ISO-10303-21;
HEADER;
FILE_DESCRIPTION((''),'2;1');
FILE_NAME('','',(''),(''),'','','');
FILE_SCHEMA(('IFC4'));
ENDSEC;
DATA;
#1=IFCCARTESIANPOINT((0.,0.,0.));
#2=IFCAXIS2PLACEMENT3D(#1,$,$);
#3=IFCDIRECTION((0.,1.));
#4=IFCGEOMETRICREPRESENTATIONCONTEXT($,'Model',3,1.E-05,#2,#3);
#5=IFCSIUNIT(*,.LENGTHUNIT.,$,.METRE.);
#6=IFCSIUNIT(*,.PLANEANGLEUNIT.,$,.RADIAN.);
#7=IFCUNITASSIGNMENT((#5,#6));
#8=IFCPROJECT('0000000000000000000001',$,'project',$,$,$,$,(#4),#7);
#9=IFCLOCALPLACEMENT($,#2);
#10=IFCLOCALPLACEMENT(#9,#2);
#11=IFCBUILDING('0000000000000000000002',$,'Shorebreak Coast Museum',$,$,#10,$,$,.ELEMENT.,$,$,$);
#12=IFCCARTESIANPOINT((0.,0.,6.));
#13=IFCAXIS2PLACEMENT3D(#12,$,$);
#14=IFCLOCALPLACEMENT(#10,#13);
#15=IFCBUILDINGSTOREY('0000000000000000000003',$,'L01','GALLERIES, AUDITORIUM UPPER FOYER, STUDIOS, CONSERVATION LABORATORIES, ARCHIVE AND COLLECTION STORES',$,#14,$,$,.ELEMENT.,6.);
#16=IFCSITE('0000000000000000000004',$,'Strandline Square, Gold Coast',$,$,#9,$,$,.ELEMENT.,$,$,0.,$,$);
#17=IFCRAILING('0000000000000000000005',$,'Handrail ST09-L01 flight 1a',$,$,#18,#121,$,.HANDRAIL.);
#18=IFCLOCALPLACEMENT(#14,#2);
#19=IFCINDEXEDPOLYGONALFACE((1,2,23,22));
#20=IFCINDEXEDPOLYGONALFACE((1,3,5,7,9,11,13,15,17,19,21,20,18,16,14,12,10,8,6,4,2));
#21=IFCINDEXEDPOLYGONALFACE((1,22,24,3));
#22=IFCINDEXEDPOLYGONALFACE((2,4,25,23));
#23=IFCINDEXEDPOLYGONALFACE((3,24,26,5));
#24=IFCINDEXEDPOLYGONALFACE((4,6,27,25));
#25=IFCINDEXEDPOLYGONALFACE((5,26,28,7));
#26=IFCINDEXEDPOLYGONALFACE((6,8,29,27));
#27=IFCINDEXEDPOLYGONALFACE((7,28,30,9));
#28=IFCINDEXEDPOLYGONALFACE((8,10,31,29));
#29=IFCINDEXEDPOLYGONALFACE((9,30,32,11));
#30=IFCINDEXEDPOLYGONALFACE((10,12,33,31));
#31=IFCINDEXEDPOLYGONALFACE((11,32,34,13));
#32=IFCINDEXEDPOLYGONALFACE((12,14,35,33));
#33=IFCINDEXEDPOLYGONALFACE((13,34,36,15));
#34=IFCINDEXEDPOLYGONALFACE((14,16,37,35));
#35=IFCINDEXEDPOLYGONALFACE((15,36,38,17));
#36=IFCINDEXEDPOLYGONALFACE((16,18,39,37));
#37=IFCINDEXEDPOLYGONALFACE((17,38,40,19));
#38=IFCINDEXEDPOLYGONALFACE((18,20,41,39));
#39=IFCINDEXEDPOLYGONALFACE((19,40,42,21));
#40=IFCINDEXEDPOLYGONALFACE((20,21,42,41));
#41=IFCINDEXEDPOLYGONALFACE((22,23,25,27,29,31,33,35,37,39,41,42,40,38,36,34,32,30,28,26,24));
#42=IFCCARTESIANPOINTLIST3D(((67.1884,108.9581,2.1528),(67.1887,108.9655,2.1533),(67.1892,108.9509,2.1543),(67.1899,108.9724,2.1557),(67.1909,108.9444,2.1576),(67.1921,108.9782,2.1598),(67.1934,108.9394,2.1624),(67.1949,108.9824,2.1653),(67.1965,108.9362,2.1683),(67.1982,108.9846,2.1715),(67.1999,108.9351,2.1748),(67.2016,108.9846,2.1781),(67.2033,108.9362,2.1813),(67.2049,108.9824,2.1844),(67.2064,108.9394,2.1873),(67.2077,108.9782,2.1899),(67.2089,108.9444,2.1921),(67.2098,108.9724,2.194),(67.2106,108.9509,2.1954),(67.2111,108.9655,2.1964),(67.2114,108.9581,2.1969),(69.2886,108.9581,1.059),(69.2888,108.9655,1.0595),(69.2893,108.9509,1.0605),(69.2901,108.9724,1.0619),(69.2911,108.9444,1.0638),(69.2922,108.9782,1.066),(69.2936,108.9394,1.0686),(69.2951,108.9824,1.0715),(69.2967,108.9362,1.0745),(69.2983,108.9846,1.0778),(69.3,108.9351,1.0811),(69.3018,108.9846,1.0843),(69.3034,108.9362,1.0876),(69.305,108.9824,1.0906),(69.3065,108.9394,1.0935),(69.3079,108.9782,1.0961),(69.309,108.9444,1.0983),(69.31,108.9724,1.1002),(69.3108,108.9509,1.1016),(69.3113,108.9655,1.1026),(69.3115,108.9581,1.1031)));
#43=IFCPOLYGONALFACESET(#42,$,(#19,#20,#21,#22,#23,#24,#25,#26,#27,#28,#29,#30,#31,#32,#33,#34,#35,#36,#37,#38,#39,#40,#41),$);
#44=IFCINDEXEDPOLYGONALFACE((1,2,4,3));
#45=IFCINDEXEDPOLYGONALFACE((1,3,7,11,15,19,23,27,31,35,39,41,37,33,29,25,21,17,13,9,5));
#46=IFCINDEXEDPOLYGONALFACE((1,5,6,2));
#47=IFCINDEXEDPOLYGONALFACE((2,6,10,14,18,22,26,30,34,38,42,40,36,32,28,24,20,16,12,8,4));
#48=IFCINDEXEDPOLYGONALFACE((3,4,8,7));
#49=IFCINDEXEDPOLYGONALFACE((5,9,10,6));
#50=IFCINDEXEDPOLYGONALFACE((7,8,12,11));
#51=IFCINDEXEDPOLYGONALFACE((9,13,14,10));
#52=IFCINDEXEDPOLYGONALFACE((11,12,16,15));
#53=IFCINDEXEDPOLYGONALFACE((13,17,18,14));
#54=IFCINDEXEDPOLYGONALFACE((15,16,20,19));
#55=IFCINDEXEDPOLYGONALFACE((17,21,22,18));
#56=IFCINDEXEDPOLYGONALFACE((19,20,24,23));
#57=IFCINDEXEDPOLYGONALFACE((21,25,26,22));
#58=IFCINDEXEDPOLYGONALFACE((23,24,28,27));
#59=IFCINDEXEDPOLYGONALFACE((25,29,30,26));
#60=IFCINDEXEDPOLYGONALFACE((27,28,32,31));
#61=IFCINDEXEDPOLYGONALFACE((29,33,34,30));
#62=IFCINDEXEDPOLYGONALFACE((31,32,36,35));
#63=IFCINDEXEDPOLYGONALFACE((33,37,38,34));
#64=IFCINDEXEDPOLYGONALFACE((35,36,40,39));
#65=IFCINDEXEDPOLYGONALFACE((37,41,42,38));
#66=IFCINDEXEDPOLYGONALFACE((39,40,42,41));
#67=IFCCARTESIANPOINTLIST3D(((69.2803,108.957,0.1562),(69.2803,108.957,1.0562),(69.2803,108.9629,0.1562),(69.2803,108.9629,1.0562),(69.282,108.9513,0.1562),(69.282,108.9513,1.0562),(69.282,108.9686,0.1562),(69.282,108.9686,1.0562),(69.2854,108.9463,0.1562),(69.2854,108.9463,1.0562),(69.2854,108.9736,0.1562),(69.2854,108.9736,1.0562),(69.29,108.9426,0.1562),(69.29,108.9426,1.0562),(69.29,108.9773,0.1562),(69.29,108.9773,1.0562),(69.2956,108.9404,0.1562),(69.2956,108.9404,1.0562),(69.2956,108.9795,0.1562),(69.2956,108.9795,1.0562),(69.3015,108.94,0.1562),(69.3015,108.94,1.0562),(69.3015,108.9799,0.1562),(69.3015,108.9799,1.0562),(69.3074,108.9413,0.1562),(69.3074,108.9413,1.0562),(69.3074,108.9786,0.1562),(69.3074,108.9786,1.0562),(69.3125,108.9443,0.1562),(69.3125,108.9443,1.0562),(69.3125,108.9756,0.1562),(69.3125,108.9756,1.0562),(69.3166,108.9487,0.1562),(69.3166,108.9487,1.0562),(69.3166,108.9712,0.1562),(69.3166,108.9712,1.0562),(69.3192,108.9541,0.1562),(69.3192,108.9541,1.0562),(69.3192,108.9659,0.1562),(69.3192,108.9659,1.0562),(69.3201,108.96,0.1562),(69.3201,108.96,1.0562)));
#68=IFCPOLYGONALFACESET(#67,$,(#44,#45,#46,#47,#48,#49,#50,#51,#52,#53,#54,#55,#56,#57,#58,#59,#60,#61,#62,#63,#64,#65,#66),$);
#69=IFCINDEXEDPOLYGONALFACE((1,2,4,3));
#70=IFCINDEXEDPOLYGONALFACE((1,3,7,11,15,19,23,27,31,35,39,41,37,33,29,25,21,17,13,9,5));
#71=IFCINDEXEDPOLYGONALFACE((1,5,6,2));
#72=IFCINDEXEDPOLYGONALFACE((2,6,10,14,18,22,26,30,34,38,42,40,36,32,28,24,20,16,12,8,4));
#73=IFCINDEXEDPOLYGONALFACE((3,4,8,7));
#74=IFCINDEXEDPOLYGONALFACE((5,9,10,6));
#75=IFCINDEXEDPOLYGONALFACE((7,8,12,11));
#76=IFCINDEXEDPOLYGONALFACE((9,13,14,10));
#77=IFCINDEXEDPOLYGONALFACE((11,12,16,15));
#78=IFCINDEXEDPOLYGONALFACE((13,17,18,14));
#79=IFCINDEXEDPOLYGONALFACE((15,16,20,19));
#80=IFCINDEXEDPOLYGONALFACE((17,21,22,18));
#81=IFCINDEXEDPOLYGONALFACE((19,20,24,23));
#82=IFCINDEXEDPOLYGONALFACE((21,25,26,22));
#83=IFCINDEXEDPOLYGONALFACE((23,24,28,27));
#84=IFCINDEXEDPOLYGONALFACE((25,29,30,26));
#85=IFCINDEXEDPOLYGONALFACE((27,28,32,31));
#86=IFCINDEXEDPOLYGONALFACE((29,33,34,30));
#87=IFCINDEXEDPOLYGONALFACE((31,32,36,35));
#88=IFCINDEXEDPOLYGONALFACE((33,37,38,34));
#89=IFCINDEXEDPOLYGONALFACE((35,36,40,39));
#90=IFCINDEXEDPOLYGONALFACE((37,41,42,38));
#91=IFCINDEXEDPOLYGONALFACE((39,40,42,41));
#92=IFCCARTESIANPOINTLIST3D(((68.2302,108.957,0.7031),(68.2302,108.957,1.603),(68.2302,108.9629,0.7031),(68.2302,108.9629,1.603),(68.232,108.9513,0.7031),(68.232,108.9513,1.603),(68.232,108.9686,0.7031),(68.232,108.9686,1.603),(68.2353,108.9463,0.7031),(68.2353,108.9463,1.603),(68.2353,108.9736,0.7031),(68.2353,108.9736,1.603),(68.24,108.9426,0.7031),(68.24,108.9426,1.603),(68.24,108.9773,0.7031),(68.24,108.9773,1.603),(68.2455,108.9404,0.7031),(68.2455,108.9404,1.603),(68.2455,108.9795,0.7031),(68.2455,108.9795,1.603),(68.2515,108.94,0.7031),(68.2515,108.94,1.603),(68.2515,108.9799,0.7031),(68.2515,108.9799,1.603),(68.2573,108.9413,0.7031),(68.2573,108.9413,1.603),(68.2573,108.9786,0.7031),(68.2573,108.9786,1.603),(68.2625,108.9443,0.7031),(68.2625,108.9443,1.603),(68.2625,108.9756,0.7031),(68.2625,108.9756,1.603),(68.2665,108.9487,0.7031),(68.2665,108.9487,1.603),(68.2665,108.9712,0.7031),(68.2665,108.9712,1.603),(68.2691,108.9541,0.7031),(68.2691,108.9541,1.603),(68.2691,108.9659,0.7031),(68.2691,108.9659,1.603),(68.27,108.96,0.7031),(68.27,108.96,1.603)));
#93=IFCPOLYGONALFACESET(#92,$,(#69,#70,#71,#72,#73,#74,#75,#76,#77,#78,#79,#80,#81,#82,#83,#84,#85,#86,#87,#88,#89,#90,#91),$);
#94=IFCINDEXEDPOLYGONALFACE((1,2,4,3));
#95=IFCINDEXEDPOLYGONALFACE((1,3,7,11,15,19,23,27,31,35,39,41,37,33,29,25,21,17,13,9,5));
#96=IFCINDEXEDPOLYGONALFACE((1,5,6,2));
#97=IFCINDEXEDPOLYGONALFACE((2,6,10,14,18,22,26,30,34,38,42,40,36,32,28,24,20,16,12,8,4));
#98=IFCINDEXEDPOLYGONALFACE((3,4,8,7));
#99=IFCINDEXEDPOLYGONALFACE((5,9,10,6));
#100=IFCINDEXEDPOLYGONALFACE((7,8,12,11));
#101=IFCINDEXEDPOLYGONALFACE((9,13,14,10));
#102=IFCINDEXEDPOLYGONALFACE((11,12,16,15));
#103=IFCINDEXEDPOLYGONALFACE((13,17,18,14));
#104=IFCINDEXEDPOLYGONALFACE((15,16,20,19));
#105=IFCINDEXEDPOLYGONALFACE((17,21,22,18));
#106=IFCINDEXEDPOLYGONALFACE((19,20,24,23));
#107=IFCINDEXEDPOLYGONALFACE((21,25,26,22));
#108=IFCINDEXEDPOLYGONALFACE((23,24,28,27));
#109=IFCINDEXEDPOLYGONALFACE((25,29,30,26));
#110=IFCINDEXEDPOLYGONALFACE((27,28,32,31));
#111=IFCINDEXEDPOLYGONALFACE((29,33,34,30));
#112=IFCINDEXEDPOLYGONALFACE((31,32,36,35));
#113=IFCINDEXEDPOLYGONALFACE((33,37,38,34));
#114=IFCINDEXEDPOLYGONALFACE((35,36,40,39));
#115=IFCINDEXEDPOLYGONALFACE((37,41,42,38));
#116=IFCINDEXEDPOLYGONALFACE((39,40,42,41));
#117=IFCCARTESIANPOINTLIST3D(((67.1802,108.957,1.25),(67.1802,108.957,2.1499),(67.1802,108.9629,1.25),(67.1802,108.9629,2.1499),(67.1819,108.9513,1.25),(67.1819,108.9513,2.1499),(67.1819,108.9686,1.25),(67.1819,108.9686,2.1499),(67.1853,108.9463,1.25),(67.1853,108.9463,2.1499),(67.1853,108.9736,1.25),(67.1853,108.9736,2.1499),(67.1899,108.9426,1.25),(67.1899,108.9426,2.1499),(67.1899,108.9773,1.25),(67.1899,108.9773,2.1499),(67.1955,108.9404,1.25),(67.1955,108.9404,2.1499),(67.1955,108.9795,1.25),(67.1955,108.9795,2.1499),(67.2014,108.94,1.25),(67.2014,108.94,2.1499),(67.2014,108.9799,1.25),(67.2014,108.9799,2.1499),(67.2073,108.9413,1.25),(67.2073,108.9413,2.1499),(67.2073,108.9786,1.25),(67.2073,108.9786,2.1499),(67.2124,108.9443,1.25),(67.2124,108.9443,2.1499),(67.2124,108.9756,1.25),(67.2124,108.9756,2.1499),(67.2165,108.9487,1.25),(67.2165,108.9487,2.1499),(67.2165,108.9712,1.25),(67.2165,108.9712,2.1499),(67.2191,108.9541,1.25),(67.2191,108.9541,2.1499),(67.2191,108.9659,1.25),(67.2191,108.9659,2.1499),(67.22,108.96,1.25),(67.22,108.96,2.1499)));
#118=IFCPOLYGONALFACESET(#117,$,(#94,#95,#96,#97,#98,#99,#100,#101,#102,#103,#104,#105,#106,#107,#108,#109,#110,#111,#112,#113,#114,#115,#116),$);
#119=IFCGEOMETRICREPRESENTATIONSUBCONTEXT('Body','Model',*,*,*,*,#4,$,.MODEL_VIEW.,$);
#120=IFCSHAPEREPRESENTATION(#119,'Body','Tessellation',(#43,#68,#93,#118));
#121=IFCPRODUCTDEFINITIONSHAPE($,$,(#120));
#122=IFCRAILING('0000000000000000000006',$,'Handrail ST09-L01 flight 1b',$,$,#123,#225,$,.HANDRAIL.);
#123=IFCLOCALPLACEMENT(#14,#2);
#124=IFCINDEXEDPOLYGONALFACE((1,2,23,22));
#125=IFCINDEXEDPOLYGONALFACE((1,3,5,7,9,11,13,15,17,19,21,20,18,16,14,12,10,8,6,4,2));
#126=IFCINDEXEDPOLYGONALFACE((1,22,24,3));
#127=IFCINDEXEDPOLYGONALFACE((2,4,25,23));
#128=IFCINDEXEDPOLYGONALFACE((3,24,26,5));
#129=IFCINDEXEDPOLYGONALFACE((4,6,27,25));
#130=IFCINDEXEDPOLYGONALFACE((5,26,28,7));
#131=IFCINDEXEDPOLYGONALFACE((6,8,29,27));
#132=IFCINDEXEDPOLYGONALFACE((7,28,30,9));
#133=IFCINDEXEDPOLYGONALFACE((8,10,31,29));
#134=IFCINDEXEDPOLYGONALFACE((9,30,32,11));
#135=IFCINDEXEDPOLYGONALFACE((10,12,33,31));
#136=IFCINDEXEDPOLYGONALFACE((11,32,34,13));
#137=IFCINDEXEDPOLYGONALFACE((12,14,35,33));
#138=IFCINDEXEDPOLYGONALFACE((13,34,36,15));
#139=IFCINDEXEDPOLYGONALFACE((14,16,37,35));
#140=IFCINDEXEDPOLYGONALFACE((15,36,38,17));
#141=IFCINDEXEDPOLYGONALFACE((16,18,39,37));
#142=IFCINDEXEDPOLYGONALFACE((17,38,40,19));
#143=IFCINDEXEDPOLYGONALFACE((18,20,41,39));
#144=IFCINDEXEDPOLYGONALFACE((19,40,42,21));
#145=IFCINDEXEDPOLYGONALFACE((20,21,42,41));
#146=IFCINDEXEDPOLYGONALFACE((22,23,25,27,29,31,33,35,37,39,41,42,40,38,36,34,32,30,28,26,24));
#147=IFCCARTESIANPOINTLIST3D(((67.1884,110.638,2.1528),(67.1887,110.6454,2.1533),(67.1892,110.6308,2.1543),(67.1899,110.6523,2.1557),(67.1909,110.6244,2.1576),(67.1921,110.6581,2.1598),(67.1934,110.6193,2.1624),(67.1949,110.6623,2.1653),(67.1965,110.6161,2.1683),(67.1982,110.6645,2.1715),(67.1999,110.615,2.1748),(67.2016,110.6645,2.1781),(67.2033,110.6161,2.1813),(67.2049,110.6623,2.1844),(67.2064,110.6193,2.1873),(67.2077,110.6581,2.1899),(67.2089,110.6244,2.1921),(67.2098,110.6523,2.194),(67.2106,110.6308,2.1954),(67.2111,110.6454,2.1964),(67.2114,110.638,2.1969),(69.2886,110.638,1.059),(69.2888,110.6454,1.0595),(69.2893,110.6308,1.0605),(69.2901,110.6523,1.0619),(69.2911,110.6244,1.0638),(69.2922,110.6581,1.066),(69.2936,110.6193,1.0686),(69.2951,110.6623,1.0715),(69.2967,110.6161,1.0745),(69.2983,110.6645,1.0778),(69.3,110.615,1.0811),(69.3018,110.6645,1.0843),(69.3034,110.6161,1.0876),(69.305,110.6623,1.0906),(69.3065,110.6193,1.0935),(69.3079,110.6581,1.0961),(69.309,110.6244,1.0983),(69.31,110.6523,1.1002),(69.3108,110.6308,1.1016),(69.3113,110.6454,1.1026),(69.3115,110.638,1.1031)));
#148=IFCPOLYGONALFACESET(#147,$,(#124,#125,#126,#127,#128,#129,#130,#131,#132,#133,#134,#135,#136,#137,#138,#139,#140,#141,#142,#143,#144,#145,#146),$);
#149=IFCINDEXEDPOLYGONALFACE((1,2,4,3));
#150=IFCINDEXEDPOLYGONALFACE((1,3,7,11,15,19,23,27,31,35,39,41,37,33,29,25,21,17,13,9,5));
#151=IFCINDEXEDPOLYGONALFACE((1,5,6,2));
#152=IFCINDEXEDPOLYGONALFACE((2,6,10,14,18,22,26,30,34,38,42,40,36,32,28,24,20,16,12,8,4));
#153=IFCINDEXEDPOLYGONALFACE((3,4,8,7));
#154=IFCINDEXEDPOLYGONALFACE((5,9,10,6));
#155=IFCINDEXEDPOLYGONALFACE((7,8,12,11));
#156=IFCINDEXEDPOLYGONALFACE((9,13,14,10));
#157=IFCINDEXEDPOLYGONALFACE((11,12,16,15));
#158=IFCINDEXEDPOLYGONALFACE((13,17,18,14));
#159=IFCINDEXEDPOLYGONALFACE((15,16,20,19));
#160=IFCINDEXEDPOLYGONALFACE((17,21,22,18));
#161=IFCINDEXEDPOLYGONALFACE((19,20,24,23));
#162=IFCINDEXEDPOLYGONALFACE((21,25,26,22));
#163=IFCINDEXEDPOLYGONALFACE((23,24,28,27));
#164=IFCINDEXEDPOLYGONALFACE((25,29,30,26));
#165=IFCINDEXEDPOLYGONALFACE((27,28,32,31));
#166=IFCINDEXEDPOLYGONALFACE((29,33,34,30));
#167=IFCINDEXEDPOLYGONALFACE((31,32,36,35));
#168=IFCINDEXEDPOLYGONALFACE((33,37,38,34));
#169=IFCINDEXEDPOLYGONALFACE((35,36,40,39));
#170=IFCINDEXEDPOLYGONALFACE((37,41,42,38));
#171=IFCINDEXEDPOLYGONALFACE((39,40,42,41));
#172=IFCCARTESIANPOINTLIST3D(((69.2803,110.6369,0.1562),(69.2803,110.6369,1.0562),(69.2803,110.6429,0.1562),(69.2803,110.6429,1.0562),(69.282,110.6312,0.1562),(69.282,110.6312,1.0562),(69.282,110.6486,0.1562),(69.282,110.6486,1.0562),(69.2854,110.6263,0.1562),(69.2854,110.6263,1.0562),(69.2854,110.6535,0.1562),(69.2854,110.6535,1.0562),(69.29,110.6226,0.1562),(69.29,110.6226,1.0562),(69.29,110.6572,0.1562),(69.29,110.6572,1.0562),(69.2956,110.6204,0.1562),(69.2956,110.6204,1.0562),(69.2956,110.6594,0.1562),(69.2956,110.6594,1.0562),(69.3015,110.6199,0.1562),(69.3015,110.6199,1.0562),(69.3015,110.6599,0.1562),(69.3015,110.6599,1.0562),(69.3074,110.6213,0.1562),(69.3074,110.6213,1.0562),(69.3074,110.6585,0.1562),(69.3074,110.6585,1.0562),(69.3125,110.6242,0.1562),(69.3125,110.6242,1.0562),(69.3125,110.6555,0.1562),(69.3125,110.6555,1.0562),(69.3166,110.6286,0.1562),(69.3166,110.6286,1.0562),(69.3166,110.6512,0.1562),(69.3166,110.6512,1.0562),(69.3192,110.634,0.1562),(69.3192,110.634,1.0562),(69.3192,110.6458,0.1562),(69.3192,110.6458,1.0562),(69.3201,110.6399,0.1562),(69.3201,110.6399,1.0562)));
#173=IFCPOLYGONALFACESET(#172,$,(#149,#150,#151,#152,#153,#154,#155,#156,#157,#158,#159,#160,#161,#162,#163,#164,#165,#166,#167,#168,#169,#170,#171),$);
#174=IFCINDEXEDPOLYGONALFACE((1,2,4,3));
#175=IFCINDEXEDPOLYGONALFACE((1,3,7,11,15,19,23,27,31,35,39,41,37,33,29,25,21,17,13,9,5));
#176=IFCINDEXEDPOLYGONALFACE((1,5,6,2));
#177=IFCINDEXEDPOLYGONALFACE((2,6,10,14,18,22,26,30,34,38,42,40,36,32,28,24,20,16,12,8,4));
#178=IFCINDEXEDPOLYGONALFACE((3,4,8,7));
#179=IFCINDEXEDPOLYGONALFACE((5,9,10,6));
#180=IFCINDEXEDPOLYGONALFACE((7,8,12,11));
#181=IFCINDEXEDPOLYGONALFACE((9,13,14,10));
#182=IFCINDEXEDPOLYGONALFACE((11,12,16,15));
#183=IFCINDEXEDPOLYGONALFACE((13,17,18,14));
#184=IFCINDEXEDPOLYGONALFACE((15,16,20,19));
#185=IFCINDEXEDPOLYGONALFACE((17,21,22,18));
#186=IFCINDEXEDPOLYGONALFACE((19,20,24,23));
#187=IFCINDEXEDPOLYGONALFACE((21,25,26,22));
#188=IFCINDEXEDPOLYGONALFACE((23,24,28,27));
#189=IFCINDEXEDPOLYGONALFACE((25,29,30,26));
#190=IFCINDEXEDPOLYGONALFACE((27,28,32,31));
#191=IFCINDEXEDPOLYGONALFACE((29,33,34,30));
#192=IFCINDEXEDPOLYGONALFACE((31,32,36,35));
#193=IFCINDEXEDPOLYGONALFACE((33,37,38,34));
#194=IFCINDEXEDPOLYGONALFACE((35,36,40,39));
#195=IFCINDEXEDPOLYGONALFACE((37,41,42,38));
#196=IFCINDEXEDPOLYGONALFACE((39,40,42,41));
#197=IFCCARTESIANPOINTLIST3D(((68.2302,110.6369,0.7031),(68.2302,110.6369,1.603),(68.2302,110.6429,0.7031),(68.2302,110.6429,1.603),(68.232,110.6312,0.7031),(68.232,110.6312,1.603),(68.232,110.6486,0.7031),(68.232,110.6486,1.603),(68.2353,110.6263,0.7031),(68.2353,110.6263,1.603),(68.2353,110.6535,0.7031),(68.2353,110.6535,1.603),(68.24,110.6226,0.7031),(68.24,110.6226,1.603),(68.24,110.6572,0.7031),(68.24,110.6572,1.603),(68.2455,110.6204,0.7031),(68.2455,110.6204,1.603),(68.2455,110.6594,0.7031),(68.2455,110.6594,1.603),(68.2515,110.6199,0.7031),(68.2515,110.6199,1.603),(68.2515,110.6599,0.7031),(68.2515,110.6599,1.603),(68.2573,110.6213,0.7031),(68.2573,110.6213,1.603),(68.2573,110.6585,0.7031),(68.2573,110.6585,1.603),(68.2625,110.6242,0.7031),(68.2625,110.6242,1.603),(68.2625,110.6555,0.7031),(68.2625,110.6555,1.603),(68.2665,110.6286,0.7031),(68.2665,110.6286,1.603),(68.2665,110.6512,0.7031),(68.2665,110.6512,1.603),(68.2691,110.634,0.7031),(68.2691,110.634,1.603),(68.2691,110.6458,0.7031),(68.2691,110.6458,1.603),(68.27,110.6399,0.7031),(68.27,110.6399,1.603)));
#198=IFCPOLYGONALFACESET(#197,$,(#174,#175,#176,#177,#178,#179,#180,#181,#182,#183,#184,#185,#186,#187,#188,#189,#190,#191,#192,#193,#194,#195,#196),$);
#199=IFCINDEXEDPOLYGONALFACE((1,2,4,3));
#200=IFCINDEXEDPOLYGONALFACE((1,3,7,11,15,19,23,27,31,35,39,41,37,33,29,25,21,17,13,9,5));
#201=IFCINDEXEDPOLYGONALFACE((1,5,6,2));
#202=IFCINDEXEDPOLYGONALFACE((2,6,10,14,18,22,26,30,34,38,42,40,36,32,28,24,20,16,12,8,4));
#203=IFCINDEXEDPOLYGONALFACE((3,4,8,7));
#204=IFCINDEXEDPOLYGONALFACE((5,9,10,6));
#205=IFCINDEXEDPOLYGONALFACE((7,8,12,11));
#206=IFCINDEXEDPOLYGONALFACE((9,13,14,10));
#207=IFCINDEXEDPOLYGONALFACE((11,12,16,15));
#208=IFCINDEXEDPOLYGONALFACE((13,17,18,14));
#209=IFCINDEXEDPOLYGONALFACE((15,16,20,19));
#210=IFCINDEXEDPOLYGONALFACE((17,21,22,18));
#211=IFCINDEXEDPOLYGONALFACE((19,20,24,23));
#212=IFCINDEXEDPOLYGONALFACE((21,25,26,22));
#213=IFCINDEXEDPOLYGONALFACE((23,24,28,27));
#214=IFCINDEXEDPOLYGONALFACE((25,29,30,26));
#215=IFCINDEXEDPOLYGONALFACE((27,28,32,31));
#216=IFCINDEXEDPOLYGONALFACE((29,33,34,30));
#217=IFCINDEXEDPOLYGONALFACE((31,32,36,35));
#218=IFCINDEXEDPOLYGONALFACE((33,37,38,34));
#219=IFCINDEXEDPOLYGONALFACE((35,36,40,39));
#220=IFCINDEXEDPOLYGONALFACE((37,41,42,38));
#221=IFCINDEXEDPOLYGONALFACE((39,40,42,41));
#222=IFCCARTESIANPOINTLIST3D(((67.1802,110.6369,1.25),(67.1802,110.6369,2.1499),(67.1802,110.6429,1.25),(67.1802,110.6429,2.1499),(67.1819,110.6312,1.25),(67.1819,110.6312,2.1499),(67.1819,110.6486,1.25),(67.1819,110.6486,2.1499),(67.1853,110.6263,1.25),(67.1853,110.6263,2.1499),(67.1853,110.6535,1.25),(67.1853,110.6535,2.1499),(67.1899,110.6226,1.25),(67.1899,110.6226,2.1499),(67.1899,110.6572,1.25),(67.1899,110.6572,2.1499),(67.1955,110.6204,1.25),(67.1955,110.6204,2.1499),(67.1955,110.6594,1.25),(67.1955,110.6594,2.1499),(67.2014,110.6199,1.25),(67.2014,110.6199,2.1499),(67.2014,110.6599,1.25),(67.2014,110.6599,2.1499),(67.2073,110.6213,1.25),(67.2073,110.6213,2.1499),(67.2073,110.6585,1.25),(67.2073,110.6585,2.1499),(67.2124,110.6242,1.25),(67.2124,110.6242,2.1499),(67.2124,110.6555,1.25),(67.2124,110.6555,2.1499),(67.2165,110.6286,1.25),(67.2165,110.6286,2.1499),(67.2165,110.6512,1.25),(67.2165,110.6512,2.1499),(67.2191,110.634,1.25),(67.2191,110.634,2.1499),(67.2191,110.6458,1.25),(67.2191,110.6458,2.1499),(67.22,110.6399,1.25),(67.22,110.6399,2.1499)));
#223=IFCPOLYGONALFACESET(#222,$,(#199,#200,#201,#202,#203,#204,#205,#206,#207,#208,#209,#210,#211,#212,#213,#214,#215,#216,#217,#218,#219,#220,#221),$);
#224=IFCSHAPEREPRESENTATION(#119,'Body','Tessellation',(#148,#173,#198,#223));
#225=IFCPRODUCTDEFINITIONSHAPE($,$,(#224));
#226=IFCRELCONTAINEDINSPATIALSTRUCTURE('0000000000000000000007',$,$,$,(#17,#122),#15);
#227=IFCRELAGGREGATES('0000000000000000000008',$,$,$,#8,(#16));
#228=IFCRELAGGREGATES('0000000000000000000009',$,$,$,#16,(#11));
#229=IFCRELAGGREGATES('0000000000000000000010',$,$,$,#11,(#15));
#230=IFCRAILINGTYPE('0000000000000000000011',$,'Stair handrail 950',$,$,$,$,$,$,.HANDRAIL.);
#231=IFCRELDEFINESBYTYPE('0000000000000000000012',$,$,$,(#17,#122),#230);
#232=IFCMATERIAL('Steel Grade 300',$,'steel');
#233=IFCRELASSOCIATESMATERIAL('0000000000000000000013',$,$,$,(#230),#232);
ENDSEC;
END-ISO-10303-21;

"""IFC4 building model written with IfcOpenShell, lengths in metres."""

from ifc_helpers import new_model, si_unit, direction, frame, origin, origin_2d, place, context, subcontext, project, spatial, circle, extrude, material, type_object, element, save


model = new_model("IFC4")

# Units and contexts
model_context = context("Model", 3, precision=1e-05, world=origin(), true_north=direction((0.0, 1.0)))
body_context = subcontext(model_context, "Body", "Model", "MODEL_VIEW")
ifc_project = project(units=[si_unit("LENGTHUNIT", "METRE"), si_unit("PLANEANGLEUNIT", "RADIAN")], contexts=[model_context])

# Site, building, storey
site_placement = place(None, origin())
site = spatial("IfcSite", under=ifc_project, at=site_placement, Name="Strandline Square, Gold Coast", CompositionType="ELEMENT", RefElevation=0.0)
building_placement = place(site_placement, origin())
building = spatial("IfcBuilding", under=site, at=building_placement, Name="Shorebreak Coast Museum", CompositionType="ELEMENT")
storey_placement = place(building_placement, frame((0.0, 0.0, 6.0)))
storey = spatial("IfcBuildingStorey", under=building, at=storey_placement, Name="L01", Description="GALLERIES, AUDITORIUM UPPER FOYER, STUDIOS, CONSERVATION LABORATORIES, ARCHIVE AND COLLECTION STORES", CompositionType="ELEMENT", Elevation=6.0)

# Railings
ifc_material_1 = material(Name="Steel Grade 300", Category="steel")
railing_type_1 = type_object("IfcRailingType", Name="Stair handrail 950", PredefinedType="HANDRAIL", material=ifc_material_1)
for number, where, name in (
    (1, (69.3, 108.96, 0.1562), "Handrail ST09-L01 flight 1a"),
    (2, (69.3, 110.6399, 0.1562), "Handrail ST09-L01 flight 1b"),
):
    element("IfcRailing", number, at=place(storey_placement, frame(where)), inside=storey, type_object=railing_type_1, Name=name, PredefinedType="HANDRAIL", context=body_context, shape_type="SweptSolid", body=[
        extrude(circle(Radius=0.0249, at=origin_2d()), frame((0.0, 0.0, 0.9248), z_axis=(-0.886923, 0.0, 0.461918), x_axis=(0.0, -1.0, 0.0)), (0.0, 0.0, 1.0), 2.3679),
        extrude(circle(Radius=0.02, at=origin_2d()), origin(), (0.0, 0.0, 1.0), 0.8999),
        extrude(circle(Radius=0.02, at=origin_2d()), frame((-1.05, 0.0, 0.5469)), (0.0, 0.0, 1.0), 0.8999),
        extrude(circle(Radius=0.02, at=origin_2d()), frame((-2.1001, 0.0, 1.0938)), (0.0, 0.0, 1.0), 0.8999),
    ])

save(model, "model.ifc")
